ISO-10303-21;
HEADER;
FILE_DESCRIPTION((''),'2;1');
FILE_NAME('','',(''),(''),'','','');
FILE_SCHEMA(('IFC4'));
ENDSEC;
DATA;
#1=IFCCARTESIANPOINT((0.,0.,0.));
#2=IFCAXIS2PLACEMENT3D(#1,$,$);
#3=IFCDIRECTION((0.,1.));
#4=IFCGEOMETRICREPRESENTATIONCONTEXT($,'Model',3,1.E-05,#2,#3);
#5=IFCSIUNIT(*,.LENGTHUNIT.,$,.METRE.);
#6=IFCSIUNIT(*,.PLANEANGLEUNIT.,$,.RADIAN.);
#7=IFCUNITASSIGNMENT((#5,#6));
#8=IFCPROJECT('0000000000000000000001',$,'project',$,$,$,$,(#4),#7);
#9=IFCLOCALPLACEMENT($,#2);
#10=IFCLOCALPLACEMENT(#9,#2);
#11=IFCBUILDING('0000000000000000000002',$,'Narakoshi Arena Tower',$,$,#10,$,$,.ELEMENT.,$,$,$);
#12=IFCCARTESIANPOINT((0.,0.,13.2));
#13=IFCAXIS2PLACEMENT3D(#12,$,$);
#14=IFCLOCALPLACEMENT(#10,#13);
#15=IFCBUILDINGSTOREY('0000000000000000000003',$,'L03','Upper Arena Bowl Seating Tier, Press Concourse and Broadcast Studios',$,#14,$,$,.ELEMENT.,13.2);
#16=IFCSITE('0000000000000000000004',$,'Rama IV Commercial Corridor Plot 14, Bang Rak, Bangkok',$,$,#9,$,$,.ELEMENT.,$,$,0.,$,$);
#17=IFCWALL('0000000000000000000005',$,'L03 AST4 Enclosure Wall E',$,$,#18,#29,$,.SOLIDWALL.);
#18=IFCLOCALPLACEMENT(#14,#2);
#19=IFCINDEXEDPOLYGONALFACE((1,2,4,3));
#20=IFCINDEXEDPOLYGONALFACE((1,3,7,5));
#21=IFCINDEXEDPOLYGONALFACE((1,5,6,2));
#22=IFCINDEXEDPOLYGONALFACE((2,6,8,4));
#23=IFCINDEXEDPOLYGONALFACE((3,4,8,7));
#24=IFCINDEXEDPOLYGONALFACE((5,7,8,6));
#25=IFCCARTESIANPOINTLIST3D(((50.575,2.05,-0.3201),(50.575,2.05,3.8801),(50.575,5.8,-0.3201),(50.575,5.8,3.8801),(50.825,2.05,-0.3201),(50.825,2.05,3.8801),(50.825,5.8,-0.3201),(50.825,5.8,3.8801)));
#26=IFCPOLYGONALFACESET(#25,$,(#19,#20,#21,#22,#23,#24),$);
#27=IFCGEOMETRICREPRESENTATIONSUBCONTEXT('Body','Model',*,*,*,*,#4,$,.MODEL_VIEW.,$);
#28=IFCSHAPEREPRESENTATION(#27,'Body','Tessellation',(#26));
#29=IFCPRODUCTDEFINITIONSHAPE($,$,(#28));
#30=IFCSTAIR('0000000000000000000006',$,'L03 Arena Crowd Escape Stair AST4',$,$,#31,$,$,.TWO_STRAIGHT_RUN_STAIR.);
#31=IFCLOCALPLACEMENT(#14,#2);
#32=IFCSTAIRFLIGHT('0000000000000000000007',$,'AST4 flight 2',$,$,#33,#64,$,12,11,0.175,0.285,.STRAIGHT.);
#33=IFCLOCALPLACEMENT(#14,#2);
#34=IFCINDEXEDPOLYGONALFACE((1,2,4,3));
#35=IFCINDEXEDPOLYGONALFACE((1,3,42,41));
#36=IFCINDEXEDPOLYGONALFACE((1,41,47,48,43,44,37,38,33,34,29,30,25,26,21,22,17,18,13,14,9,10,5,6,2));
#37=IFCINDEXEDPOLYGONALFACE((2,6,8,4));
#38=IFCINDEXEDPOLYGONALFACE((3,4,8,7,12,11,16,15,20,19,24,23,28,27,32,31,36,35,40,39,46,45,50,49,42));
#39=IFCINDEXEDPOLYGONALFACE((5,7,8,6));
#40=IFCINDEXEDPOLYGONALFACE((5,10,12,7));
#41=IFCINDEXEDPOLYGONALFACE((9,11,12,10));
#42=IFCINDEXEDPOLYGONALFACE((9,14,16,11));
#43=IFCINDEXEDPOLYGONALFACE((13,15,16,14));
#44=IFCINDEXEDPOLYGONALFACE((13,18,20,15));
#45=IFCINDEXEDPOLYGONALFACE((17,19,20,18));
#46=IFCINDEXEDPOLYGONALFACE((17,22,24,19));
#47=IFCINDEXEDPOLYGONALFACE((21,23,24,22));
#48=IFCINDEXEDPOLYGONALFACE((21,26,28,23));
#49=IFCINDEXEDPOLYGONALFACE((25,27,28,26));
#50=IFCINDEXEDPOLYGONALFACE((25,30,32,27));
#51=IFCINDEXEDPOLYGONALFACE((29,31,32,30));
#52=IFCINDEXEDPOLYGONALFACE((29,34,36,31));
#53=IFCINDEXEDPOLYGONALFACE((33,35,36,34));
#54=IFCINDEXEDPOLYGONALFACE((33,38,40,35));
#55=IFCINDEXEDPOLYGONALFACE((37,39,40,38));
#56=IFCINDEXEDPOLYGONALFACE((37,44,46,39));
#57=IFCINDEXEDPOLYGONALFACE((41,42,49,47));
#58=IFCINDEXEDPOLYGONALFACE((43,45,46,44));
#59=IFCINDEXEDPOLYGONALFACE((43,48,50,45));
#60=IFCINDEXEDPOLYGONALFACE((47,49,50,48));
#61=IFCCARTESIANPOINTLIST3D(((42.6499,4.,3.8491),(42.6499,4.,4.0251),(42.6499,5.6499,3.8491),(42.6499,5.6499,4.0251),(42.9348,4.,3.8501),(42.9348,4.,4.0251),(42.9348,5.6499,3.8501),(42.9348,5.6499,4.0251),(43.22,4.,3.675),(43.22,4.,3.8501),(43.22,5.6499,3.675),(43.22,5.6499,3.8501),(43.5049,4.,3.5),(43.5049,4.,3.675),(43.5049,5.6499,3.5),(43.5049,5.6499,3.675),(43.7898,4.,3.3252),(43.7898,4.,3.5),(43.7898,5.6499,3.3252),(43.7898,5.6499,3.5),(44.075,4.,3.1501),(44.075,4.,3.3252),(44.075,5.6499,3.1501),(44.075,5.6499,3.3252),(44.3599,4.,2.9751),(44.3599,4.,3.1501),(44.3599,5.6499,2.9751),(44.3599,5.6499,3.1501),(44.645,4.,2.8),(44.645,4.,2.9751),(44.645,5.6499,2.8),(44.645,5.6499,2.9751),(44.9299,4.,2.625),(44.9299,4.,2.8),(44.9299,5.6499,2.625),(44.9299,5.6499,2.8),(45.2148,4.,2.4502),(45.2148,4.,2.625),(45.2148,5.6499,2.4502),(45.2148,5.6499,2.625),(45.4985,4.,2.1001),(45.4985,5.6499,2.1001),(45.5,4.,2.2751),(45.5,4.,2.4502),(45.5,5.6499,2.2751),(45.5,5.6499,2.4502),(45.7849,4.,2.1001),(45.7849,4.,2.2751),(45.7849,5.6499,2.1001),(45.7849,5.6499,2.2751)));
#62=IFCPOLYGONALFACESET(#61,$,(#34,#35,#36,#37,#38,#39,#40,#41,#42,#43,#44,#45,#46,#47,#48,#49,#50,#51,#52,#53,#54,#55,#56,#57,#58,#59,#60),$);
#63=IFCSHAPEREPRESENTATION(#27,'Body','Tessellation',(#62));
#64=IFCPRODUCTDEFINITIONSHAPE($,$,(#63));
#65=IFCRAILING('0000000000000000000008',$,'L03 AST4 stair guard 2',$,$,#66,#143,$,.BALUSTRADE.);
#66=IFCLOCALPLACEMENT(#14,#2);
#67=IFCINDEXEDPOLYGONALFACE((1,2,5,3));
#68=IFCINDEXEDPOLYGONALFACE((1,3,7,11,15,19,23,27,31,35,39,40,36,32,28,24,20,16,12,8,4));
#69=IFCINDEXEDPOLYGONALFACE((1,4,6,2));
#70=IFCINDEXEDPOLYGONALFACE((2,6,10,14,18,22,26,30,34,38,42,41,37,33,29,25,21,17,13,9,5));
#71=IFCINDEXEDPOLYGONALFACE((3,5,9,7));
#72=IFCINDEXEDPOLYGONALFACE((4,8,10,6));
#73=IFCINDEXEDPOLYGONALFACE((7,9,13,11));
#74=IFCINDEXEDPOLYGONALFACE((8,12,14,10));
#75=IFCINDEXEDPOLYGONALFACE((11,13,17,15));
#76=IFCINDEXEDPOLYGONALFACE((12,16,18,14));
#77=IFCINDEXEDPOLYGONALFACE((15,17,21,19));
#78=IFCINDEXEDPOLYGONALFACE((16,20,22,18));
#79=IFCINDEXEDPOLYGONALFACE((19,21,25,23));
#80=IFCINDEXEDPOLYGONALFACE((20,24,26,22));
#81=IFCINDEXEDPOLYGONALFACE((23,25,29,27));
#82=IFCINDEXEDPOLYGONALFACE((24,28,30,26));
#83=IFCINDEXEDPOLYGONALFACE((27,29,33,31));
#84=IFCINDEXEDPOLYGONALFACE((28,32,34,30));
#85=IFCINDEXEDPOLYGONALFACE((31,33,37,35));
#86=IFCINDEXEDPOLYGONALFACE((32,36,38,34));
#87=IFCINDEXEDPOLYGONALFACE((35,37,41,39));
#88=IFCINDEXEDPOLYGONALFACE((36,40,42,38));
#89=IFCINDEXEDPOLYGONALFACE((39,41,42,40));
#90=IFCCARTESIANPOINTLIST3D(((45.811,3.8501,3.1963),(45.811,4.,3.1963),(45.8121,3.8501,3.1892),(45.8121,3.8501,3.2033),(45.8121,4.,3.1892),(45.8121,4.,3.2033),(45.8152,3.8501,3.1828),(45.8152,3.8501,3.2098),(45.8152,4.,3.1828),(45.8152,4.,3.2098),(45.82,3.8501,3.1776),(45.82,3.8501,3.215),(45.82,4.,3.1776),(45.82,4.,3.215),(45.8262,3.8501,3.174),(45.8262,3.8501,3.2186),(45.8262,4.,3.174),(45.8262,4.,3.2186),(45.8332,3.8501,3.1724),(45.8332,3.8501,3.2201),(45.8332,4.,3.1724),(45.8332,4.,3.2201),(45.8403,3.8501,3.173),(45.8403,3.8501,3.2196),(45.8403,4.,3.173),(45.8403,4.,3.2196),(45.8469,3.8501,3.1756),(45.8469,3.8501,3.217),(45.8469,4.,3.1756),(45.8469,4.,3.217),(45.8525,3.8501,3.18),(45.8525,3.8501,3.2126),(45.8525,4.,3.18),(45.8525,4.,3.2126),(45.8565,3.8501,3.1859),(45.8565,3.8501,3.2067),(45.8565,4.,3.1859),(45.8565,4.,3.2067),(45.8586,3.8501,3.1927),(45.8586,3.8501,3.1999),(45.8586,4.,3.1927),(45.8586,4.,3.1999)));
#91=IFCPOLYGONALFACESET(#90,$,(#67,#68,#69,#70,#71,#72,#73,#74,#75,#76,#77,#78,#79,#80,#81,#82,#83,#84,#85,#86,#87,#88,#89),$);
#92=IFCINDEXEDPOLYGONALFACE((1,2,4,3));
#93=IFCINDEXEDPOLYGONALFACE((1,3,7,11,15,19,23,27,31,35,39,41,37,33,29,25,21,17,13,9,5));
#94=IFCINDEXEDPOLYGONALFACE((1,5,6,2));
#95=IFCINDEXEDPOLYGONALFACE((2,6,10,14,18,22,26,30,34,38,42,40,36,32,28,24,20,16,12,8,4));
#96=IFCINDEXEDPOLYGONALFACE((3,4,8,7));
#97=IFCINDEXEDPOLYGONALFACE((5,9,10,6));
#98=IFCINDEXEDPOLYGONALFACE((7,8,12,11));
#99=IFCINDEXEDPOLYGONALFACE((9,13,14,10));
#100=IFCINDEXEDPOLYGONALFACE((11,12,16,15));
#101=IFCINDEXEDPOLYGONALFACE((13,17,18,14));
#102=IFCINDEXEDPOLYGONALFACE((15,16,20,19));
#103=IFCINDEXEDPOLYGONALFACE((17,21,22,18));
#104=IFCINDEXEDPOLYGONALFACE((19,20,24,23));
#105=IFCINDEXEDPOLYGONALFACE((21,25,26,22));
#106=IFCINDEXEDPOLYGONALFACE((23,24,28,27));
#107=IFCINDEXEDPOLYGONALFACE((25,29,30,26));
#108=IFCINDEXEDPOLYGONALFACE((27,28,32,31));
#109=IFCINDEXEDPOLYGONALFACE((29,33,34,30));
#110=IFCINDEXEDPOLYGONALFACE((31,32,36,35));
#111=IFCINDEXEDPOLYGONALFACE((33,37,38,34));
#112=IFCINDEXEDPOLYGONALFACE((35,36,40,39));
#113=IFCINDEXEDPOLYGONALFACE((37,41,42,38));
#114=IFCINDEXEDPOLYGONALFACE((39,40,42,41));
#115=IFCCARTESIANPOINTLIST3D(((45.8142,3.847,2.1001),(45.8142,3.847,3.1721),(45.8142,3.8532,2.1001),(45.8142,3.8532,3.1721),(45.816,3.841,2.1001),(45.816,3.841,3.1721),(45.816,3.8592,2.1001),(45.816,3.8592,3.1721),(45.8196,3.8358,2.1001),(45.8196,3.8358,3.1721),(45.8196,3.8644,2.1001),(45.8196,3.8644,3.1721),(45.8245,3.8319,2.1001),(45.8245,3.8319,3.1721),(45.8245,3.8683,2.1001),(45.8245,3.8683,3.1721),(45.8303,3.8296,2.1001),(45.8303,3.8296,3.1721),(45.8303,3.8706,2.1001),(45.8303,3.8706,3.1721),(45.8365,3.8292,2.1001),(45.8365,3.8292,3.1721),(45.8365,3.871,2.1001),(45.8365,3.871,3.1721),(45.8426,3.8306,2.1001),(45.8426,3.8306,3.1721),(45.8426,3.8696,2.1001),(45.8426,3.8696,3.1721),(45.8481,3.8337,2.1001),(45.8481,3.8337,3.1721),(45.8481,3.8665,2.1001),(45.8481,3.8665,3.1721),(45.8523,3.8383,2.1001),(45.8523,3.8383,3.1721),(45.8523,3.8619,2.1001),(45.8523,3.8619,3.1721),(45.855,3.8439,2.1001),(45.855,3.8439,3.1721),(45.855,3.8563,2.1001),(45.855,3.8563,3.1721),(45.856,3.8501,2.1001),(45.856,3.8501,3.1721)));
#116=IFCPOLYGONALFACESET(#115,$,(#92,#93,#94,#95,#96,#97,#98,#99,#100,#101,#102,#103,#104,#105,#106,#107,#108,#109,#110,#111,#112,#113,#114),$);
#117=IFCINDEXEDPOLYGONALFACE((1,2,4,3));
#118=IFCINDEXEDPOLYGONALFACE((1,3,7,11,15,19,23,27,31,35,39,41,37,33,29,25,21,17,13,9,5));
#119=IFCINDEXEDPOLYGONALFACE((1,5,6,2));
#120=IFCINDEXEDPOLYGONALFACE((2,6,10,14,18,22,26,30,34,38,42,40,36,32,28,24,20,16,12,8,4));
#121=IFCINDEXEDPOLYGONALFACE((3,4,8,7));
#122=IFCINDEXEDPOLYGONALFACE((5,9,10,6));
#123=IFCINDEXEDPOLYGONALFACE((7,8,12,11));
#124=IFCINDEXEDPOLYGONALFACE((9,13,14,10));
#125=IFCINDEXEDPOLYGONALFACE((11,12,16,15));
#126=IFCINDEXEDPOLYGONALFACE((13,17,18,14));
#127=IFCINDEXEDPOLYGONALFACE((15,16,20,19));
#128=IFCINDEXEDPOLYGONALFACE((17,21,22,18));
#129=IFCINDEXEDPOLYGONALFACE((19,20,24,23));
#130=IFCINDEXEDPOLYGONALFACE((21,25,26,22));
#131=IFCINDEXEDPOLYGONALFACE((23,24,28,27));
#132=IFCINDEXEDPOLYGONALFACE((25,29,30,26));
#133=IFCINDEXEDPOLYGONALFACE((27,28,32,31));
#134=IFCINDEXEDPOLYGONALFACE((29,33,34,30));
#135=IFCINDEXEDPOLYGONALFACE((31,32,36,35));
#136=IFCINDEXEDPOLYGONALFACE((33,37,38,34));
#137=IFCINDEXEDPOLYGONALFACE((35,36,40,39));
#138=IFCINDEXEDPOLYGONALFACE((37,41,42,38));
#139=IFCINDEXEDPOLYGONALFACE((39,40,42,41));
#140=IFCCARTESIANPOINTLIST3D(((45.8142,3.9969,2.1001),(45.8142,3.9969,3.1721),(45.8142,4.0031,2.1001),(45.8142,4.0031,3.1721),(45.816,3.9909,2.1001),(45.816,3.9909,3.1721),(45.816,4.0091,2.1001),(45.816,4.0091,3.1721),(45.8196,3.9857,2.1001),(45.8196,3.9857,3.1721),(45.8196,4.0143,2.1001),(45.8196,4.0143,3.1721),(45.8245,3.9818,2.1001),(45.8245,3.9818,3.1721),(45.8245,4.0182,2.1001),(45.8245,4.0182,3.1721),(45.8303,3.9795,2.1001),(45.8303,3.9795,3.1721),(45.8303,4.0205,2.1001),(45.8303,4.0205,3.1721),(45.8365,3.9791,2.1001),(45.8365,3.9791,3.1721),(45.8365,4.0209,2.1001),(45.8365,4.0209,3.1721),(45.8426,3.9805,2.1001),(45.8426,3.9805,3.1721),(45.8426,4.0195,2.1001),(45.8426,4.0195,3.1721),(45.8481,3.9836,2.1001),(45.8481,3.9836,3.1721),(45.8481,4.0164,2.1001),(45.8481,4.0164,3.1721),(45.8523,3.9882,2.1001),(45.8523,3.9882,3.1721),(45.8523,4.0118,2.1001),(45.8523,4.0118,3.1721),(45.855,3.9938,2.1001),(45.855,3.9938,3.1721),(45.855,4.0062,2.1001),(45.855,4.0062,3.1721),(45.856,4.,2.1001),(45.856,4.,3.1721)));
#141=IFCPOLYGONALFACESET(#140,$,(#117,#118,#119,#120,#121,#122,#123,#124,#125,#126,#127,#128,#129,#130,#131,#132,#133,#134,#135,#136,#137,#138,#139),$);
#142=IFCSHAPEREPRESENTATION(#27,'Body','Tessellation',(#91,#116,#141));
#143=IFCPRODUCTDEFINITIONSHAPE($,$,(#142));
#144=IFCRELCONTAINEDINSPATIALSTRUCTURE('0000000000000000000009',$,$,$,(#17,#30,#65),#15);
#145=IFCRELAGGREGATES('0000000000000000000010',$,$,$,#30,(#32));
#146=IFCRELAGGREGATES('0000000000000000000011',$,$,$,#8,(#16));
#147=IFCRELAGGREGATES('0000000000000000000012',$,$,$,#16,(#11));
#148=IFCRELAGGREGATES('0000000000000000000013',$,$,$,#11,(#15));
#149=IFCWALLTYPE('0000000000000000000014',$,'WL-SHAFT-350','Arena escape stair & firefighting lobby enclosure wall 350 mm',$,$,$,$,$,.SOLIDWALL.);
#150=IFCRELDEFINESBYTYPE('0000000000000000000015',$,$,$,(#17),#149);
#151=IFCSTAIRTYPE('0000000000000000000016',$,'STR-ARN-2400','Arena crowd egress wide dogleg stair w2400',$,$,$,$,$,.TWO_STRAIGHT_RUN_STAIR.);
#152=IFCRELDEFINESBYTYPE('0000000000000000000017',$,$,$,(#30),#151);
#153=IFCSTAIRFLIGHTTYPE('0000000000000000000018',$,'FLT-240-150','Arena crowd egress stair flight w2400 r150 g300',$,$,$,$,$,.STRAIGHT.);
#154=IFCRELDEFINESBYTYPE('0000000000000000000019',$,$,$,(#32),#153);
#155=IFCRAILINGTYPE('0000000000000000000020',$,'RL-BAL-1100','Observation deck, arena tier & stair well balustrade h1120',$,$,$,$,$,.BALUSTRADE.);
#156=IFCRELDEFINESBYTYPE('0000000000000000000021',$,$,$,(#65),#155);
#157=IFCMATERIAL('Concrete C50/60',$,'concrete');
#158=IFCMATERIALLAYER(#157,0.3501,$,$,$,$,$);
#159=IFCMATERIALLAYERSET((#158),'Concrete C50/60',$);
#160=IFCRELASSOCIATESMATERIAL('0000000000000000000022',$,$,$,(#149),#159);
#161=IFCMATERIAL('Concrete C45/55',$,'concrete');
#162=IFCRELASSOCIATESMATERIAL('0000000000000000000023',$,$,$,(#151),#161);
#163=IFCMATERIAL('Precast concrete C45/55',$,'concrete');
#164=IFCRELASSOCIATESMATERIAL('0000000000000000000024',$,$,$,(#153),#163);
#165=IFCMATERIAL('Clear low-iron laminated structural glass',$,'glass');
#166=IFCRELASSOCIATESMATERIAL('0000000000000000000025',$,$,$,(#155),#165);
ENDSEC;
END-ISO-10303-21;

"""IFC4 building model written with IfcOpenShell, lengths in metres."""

from ifc_helpers import new_model, si_unit, direction, frame, frame_2d, origin, origin_2d, place, context, subcontext, project, spatial, polyline, rectangle, circle, outline, extrude, material, layer, layer_set, type_object, element, aggregate, save


model = new_model("IFC4")

# Units and contexts
model_context = context("Model", 3, precision=1e-05, world=origin(), true_north=direction((0.0, 1.0)))
body_context = subcontext(model_context, "Body", "Model", "MODEL_VIEW")
ifc_project = project(units=[si_unit("LENGTHUNIT", "METRE"), si_unit("PLANEANGLEUNIT", "RADIAN")], contexts=[model_context])

# Site, building, storey
site_placement = place(None, origin())
site = spatial("IfcSite", under=ifc_project, at=site_placement, Name="Rama IV Commercial Corridor Plot 14, Bang Rak, Bangkok", CompositionType="ELEMENT", RefElevation=0.0)
building_placement = place(site_placement, origin())
building = spatial("IfcBuilding", under=site, at=building_placement, Name="Narakoshi Arena Tower", CompositionType="ELEMENT")
storey_placement = place(building_placement, frame((0.0, 0.0, 13.2)))
storey = spatial("IfcBuildingStorey", under=building, at=storey_placement, Name="L03", Description="Upper Arena Bowl Seating Tier, Press Concourse and Broadcast Studios", CompositionType="ELEMENT", Elevation=13.2)

# Shared definitions
ifc_material_1 = material(Name="Concrete C50/60", Category="concrete")

# Wall
ifc_layer = layer(ifc_material_1, 0.3501)
ifc_layer_set = layer_set([ifc_layer], Name="Concrete C50/60")
wall_type = type_object("IfcWallType", Name="WL-SHAFT-350", Description="Arena escape stair & firefighting lobby enclosure wall 350 mm", PredefinedType="SOLIDWALL", material=ifc_layer_set)
wall_placement = place(storey_placement, frame((50.7, 2.05, -0.3201), z_axis=(0.0, 0.0, 1.0), x_axis=(0.0, 1.0, 0.0)))
element("IfcWall", 1, at=wall_placement, inside=storey, type_object=wall_type, Name="L03 AST4 Enclosure Wall E", PredefinedType="SOLIDWALL", context=body_context, shape_type="SweptSolid", body=[
    extrude(rectangle(XDim=3.75, YDim=0.25, at=frame_2d((1.875, 0.0))), origin(), (0.0, 0.0, 1.0), 4.2002),
])

# Stair, stair flight
ifc_material_2 = material(Name="Concrete C45/55", Category="concrete")
stair_type = type_object("IfcStairType", Name="STR-ARN-2400", Description="Arena crowd egress wide dogleg stair w2400", PredefinedType="TWO_STRAIGHT_RUN_STAIR", material=ifc_material_2)
stair_placement = place(storey_placement, origin())
stair = element("IfcStair", 2, at=stair_placement, inside=storey, type_object=stair_type, Name="L03 Arena Crowd Escape Stair AST4", PredefinedType="TWO_STRAIGHT_RUN_STAIR")
ifc_material_3 = material(Name="Precast concrete C45/55", Category="concrete")
stair_flight_type = type_object("IfcStairFlightType", Name="FLT-240-150", Description="Arena crowd egress stair flight w2400 r150 g300", PredefinedType="STRAIGHT", material=ifc_material_3)
stair_flight_placement = place(storey_placement, frame((45.7849, 4.825, 2.1001), z_axis=(0.0, 0.0, 1.0), x_axis=(-1.0, 0.0, 0.0)))
stair_flight = element("IfcStairFlight", 3, at=stair_flight_placement, type_object=stair_flight_type, Name="AST4 flight 2", NumberOfRisers=12, NumberOfTreads=11, PredefinedType="STRAIGHT", RiserHeight=0.175, TreadLength=0.285, context=body_context, shape_type="SweptSolid", body=[
    extrude(outline(polyline([(0.0, 0.0), (0.0, 0.175), (0.2849, 0.175), (0.2849, 0.3501), (0.5701, 0.3501), (0.5701, 0.5249), (0.855, 0.5249), (0.855, 0.7), (1.1399, 0.7), (1.1399, 0.875), (1.425, 0.875), (1.425, 1.05), (1.71, 1.05), (1.71, 1.2251), (1.9951, 1.2251), (1.9951, 1.3999), (2.28, 1.3999), (2.28, 1.575), (2.5649, 1.575), (2.5649, 1.75), (2.8501, 1.75), (2.8501, 1.925), (3.135, 1.925), (3.135, 2.1001), (3.135, 1.749), (0.2864, 0.0), (0.0, 0.0)])), frame((0.0, 0.825, 0.0), z_axis=(0.0, -1.0, 0.0), x_axis=(1.0, 0.0, 0.0)), (0.0, 0.0, 1.0), 1.6499),
])
aggregate(stair, [stair_flight])

# Railing
ifc_material_4 = material(Name="Clear low-iron laminated structural glass", Category="glass")
railing_type_1 = type_object("IfcRailingType", Name="RL-BAL-1100", Description="Observation deck, arena tier & stair well balustrade h1120", PredefinedType="BALUSTRADE", material=ifc_material_4)
railing_1_placement = place(storey_placement, frame((45.835, 3.8501, 2.1001)))
element("IfcRailing", 4, at=railing_1_placement, inside=storey, type_object=railing_type_1, Name="L03 AST4 stair guard 2", PredefinedType="BALUSTRADE", context=body_context, shape_type="SweptSolid", body=[
    extrude(circle(Radius=0.0239, at=origin_2d()), frame((0.0, 0.0, 1.0962), z_axis=(0.0, 1.0, 0.0), x_axis=(-1.0, 0.0, 0.0)), (0.0, 0.0, 1.0), 0.1499),
    extrude(circle(Radius=0.021, at=origin_2d()), origin(), (0.0, 0.0, 1.0), 1.072),
    extrude(circle(Radius=0.021, at=origin_2d()), frame((0.0, 0.1499, 0.0)), (0.0, 0.0, 1.0), 1.072),
])

save(model, "model.ifc")
